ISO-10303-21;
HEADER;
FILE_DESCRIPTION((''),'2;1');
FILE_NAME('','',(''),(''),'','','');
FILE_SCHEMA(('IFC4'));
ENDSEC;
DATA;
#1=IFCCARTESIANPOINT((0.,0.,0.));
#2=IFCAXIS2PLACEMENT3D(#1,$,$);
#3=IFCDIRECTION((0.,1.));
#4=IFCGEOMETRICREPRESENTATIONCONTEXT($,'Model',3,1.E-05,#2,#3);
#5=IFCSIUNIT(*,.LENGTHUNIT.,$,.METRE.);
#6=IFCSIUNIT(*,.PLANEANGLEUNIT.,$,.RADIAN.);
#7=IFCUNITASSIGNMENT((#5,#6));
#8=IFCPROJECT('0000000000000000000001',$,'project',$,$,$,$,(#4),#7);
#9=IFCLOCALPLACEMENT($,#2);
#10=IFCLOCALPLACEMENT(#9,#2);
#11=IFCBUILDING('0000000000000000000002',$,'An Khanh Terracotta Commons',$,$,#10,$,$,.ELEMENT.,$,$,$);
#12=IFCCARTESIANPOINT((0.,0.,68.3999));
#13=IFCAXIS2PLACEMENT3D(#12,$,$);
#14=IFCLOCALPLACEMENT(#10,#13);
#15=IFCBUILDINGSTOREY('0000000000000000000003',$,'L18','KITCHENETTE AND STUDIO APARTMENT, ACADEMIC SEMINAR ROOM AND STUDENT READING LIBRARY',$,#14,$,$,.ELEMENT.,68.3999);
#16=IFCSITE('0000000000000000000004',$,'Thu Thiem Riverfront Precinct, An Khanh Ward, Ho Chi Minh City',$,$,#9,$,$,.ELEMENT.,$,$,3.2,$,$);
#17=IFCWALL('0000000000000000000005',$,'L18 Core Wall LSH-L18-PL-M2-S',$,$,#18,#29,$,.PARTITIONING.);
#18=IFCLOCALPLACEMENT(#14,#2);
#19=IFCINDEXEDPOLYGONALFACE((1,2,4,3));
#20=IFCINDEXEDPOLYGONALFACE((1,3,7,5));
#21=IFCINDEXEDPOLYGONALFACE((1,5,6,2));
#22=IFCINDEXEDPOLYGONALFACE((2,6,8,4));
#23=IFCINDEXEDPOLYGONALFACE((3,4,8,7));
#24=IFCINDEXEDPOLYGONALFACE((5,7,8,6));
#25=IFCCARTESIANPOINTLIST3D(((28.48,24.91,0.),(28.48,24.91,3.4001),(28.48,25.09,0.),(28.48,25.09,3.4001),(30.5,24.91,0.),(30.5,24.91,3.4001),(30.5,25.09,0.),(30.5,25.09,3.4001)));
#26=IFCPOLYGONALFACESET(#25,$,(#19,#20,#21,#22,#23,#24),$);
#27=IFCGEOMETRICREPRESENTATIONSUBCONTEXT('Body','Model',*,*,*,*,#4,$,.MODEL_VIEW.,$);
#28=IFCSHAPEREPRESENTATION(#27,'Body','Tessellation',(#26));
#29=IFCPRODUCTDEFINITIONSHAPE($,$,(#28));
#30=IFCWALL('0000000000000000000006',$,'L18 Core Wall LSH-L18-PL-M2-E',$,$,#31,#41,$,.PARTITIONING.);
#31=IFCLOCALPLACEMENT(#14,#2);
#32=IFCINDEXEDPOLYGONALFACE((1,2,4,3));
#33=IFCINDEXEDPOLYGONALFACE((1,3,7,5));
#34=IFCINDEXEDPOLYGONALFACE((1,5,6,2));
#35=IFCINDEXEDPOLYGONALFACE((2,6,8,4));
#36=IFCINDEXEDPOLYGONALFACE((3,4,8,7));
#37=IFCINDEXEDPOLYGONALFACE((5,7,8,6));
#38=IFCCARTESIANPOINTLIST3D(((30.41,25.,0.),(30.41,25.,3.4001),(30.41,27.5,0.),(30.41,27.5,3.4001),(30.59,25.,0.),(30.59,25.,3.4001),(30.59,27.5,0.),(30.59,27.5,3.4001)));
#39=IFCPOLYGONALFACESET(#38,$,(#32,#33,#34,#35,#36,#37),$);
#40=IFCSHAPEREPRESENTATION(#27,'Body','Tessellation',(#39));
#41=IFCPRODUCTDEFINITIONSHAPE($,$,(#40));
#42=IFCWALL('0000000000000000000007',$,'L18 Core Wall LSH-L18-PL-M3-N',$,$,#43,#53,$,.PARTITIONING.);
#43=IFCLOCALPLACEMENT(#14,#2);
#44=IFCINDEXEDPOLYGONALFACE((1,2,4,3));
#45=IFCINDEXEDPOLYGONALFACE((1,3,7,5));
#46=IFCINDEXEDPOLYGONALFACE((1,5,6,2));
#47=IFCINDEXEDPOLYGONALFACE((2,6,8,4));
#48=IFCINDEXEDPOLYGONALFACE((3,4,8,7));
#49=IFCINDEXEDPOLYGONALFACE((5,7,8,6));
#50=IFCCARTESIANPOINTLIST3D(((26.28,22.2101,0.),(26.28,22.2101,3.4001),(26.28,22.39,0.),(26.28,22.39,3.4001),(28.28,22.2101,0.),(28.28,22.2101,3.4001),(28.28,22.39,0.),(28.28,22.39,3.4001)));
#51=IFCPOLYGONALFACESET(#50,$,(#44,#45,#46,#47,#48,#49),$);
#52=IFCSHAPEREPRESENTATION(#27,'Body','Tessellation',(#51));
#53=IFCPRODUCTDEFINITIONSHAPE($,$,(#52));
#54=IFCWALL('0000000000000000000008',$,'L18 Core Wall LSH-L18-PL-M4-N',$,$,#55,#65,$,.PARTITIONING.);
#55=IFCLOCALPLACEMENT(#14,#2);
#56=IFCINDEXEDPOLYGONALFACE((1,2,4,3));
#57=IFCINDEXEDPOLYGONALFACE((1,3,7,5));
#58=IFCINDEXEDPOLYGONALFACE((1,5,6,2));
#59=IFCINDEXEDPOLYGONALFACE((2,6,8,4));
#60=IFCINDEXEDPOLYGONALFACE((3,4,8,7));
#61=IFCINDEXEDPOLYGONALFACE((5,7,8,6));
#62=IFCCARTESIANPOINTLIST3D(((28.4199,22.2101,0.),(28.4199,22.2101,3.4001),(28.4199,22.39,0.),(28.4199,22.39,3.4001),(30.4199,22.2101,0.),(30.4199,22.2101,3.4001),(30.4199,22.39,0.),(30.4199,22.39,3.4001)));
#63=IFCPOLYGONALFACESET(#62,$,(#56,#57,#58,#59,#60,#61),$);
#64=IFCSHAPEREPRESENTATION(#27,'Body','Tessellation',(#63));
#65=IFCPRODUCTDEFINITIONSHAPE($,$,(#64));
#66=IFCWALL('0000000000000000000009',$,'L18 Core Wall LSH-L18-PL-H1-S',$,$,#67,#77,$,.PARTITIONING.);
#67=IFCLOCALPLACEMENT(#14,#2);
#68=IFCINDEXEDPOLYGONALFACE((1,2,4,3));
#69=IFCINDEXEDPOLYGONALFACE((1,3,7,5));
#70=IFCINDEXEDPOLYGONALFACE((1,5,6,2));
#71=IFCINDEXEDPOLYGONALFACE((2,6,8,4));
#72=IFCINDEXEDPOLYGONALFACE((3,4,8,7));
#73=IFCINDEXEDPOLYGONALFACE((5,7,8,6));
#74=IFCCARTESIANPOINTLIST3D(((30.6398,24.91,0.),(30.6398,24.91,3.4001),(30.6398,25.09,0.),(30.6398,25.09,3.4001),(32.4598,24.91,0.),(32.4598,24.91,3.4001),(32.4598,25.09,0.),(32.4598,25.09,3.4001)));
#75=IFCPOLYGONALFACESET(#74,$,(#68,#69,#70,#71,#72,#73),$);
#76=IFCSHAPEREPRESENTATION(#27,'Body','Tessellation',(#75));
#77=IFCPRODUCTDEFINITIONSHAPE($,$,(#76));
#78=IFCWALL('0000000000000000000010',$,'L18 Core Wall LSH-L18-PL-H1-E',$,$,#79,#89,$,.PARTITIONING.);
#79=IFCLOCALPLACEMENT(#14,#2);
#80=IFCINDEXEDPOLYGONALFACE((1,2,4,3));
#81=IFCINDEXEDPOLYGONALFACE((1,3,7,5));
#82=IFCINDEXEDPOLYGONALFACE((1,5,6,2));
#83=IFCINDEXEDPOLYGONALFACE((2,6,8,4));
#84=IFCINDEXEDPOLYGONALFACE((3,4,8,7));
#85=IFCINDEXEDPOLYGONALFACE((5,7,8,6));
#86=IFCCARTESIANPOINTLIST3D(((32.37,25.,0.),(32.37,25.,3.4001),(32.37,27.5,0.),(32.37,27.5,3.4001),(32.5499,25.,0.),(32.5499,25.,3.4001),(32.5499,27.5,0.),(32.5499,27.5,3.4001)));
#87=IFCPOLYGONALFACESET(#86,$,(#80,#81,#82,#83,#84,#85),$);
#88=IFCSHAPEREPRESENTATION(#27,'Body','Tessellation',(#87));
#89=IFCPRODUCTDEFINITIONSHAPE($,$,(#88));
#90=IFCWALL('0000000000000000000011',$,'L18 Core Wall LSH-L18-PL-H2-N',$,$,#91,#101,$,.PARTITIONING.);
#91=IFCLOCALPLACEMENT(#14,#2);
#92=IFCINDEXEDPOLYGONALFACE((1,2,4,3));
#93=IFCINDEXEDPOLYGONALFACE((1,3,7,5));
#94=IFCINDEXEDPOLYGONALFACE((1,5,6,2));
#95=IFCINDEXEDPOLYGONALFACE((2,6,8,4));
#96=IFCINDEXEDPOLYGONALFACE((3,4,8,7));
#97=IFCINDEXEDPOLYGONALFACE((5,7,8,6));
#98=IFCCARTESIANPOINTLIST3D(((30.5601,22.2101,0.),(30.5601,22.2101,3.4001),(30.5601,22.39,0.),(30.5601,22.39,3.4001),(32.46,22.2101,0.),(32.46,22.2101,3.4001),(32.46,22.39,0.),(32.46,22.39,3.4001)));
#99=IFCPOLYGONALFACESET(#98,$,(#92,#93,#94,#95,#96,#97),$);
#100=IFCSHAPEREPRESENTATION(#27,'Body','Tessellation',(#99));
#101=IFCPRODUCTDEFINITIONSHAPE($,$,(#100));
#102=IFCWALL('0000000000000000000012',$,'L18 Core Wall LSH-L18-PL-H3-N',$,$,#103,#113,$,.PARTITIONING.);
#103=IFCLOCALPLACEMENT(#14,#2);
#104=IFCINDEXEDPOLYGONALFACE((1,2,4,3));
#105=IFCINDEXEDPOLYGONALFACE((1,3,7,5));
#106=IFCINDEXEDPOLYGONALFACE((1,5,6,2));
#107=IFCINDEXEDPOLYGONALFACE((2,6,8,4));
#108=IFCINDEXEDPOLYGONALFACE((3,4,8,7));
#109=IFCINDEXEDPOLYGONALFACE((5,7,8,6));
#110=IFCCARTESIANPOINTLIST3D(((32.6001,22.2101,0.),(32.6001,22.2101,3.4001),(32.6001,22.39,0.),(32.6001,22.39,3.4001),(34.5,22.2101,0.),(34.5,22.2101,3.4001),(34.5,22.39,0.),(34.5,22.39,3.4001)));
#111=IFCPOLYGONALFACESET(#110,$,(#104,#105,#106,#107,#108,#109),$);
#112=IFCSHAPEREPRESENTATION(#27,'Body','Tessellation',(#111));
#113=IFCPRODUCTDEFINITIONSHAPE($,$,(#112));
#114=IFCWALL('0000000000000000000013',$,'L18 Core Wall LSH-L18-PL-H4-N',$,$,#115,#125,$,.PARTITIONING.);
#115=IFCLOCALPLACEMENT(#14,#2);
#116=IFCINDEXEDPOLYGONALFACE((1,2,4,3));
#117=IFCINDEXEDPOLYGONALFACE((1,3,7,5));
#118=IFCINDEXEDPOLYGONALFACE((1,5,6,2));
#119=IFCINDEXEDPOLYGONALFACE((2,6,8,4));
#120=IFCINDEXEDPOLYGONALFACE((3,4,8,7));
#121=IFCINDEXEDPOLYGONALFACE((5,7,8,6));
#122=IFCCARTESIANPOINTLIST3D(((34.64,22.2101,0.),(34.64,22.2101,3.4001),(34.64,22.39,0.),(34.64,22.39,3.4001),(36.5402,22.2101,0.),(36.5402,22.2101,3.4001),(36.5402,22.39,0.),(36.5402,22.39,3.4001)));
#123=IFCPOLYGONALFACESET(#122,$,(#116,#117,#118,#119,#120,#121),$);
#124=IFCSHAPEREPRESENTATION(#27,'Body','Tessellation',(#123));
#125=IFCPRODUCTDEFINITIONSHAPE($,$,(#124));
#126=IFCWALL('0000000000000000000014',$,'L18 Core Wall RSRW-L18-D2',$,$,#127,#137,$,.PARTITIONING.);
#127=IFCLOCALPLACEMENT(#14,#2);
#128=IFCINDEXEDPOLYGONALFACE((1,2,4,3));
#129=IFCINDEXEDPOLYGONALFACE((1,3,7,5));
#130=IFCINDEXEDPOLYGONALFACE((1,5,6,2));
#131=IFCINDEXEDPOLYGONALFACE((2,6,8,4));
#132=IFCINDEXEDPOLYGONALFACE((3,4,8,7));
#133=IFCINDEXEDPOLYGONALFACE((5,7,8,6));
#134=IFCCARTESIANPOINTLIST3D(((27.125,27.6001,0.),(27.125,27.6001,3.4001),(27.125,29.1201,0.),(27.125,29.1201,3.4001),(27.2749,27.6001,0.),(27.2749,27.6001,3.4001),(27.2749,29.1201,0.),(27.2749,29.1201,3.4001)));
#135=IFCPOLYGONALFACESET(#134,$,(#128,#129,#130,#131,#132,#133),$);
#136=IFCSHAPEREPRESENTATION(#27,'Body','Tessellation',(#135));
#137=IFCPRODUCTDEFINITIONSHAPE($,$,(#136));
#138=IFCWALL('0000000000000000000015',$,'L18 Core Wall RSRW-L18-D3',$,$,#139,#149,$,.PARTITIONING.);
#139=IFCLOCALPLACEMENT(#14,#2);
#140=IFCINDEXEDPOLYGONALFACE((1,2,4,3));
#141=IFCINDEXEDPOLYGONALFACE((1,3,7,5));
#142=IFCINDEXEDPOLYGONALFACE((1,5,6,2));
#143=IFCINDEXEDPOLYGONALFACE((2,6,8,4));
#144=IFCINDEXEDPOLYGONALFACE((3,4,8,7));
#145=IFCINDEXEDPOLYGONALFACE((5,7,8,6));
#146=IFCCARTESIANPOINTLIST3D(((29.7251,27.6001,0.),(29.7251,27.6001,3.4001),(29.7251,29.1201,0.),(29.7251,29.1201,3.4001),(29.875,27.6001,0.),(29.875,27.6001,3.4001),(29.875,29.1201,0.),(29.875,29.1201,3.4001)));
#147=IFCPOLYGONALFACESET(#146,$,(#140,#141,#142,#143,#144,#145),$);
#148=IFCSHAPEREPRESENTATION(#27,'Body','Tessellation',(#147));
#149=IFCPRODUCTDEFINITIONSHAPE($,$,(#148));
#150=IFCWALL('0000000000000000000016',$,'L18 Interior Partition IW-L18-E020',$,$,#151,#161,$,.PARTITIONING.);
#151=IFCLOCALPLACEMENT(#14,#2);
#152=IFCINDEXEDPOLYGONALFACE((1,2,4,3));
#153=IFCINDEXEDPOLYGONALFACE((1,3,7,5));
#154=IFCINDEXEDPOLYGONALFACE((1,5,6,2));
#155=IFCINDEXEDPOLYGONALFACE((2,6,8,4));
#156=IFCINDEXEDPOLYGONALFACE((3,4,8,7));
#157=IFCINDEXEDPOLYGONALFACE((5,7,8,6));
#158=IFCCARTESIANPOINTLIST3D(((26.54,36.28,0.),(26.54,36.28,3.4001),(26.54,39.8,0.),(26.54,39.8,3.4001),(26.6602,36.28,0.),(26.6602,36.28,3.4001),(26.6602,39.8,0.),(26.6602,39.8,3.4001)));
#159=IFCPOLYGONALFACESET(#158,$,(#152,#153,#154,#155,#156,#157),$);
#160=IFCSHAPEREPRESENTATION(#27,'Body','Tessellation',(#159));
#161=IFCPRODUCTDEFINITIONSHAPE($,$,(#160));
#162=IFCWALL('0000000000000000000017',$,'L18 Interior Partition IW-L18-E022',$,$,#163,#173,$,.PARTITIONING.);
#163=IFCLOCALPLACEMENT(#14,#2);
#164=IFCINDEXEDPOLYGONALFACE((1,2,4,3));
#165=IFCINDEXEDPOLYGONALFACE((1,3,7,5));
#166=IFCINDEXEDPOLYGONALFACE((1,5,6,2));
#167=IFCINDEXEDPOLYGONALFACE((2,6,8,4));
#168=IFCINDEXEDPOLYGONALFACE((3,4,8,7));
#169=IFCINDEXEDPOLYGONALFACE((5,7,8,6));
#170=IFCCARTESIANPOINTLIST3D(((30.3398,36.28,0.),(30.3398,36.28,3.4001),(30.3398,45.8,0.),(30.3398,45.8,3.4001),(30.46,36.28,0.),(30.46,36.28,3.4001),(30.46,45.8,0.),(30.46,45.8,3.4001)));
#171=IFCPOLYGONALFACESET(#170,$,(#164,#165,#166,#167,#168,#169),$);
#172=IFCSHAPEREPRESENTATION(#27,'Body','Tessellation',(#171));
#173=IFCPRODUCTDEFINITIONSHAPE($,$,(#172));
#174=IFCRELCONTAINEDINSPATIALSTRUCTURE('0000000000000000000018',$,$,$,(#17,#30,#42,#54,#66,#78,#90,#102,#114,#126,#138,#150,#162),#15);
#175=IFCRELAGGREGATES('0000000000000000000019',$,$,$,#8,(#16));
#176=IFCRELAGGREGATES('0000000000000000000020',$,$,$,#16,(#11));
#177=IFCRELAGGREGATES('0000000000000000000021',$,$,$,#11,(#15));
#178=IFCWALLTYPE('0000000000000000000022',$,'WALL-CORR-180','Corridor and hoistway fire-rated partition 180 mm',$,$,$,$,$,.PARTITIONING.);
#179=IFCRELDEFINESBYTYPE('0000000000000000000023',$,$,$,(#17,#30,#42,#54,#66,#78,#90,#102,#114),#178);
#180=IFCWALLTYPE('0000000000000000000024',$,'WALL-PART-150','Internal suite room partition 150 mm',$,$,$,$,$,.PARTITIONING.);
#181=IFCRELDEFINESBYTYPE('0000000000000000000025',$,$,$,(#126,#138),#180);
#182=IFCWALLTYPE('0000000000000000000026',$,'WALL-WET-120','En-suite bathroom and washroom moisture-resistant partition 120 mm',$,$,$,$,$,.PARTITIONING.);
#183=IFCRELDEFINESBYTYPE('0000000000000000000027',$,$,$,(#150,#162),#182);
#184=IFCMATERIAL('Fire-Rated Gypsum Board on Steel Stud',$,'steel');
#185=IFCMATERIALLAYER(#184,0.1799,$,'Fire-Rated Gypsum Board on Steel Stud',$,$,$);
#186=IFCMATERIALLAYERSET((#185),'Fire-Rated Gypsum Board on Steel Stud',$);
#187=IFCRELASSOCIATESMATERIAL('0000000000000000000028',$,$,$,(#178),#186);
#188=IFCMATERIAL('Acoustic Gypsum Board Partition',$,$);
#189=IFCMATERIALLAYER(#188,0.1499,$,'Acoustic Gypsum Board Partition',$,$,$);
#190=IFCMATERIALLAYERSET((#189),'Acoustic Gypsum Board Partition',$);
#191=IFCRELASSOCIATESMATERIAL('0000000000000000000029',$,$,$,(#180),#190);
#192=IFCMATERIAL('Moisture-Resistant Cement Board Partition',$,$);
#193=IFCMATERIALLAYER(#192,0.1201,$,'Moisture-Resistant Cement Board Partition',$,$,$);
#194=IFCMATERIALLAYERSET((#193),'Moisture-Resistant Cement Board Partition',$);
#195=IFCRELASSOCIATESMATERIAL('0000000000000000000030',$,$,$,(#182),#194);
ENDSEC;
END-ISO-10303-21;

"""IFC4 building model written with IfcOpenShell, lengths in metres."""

from ifc_helpers import new_model, si_unit, direction, frame, frame_2d, origin, place, context, subcontext, project, spatial, rectangle, extrude, material, layer, layer_set, type_object, element, save


model = new_model("IFC4")

# Units and contexts
model_context = context("Model", 3, precision=1e-05, world=origin(), true_north=direction((0.0, 1.0)))
body_context = subcontext(model_context, "Body", "Model", "MODEL_VIEW")
ifc_project = project(units=[si_unit("LENGTHUNIT", "METRE"), si_unit("PLANEANGLEUNIT", "RADIAN")], contexts=[model_context])

# Site, building, storey
site_placement = place(None, origin())
site = spatial("IfcSite", under=ifc_project, at=site_placement, Name="Thu Thiem Riverfront Precinct, An Khanh Ward, Ho Chi Minh City", CompositionType="ELEMENT", RefElevation=3.2)
building_placement = place(site_placement, origin())
building = spatial("IfcBuilding", under=site, at=building_placement, Name="An Khanh Terracotta Commons", CompositionType="ELEMENT")
storey_placement = place(building_placement, frame((0.0, 0.0, 68.3999)))
storey = spatial("IfcBuildingStorey", under=building, at=storey_placement, Name="L18", Description="KITCHENETTE AND STUDIO APARTMENT, ACADEMIC SEMINAR ROOM AND STUDENT READING LIBRARY", CompositionType="ELEMENT", Elevation=68.3999)

# Shared definitions
ifc_material_1 = material(Name="Fire-Rated Gypsum Board on Steel Stud", Category="steel")
ifc_layer_1 = layer(ifc_material_1, 0.1799, Name="Fire-Rated Gypsum Board on Steel Stud")
ifc_layer_set_1 = layer_set([ifc_layer_1], Name="Fire-Rated Gypsum Board on Steel Stud")
wall_type_1 = type_object("IfcWallType", Name="WALL-CORR-180", Description="Corridor and hoistway fire-rated partition 180 mm", PredefinedType="PARTITIONING", material=ifc_layer_set_1)

# Walls
wall_1_placement = place(storey_placement, frame((30.5, 25.0, 0.0), z_axis=(0.0, 0.0, 1.0), x_axis=(-1.0, 0.0, 0.0)))
element("IfcWall", 1, at=wall_1_placement, inside=storey, type_object=wall_type_1, Name="L18 Core Wall LSH-L18-PL-M2-S", PredefinedType="PARTITIONING", context=body_context, shape_type="SweptSolid", body=[
    extrude(rectangle(XDim=2.02, YDim=0.1799, at=frame_2d((1.01, 0.0))), origin(), (0.0, 0.0, 1.0), 3.4001),
])
wall_2_placement = place(storey_placement, frame((30.5, 25.0, 0.0), z_axis=(0.0, 0.0, 1.0), x_axis=(0.0, 1.0, 0.0)))
element("IfcWall", 2, at=wall_2_placement, inside=storey, type_object=wall_type_1, Name="L18 Core Wall LSH-L18-PL-M2-E", PredefinedType="PARTITIONING", context=body_context, shape_type="SweptSolid", body=[
    extrude(rectangle(XDim=2.5, YDim=0.1799, at=frame_2d((1.25, 0.0))), origin(), (0.0, 0.0, 1.0), 3.4001),
])
for number, where, z_axis, x_axis, name in (
    (3, (26.28, 22.3, 0.0), (0.0, 0.0, 1.0), (1.0, 0.0, 0.0), "L18 Core Wall LSH-L18-PL-M3-N"),
    (4, (28.4199, 22.3, 0.0), (0.0, 0.0, 1.0), (1.0, 0.0, 0.0), "L18 Core Wall LSH-L18-PL-M4-N"),
):
    element("IfcWall", number, at=place(storey_placement, frame(where, z_axis=z_axis, x_axis=x_axis)), inside=storey, type_object=wall_type_1, Name=name, PredefinedType="PARTITIONING", context=body_context, shape_type="SweptSolid", body=[
        extrude(rectangle(XDim=2.0, YDim=0.1799, at=frame_2d((1.0, 0.0))), origin(), (0.0, 0.0, 1.0), 3.4001),
    ])
wall_3_placement = place(storey_placement, frame((32.46, 25.0, 0.0), z_axis=(0.0, 0.0, 1.0), x_axis=(-1.0, 0.0, 0.0)))
element("IfcWall", 5, at=wall_3_placement, inside=storey, type_object=wall_type_1, Name="L18 Core Wall LSH-L18-PL-H1-S", PredefinedType="PARTITIONING", context=body_context, shape_type="SweptSolid", body=[
    extrude(rectangle(XDim=1.8201, YDim=0.1799, at=frame_2d((0.9102, 0.0))), origin(), (0.0, 0.0, 1.0), 3.4001),
])
wall_4_placement = place(storey_placement, frame((32.46, 25.0, 0.0), z_axis=(0.0, 0.0, 1.0), x_axis=(0.0, 1.0, 0.0)))
element("IfcWall", 6, at=wall_4_placement, inside=storey, type_object=wall_type_1, Name="L18 Core Wall LSH-L18-PL-H1-E", PredefinedType="PARTITIONING", context=body_context, shape_type="SweptSolid", body=[
    extrude(rectangle(XDim=2.5, YDim=0.1799, at=frame_2d((1.25, 0.0))), origin(), (0.0, 0.0, 1.0), 3.4001),
])
for number, where, z_axis, x_axis, name in (
    (7, (30.5601, 22.3, 0.0), (0.0, 0.0, 1.0), (1.0, 0.0, 0.0), "L18 Core Wall LSH-L18-PL-H2-N"),
    (8, (32.6001, 22.3, 0.0), (0.0, 0.0, 1.0), (1.0, 0.0, 0.0), "L18 Core Wall LSH-L18-PL-H3-N"),
):
    element("IfcWall", number, at=place(storey_placement, frame(where, z_axis=z_axis, x_axis=x_axis)), inside=storey, type_object=wall_type_1, Name=name, PredefinedType="PARTITIONING", context=body_context, shape_type="SweptSolid", body=[
        extrude(rectangle(XDim=1.8999, YDim=0.1799, at=frame_2d((0.95, 0.0))), origin(), (0.0, 0.0, 1.0), 3.4001),
    ])
wall_5_placement = place(storey_placement, frame((34.6399, 22.3, 0.0), z_axis=(0.0, 0.0, 1.0), x_axis=(1.0, 0.0, 0.0)))
element("IfcWall", 9, at=wall_5_placement, inside=storey, type_object=wall_type_1, Name="L18 Core Wall LSH-L18-PL-H4-N", PredefinedType="PARTITIONING", context=body_context, shape_type="SweptSolid", body=[
    extrude(rectangle(XDim=1.9001, YDim=0.1799, at=frame_2d((0.9502, 0.0))), origin(), (0.0, 0.0, 1.0), 3.4001),
])
ifc_material_2 = material(Name="Acoustic Gypsum Board Partition")
ifc_layer_2 = layer(ifc_material_2, 0.1499, Name="Acoustic Gypsum Board Partition")
ifc_layer_set_2 = layer_set([ifc_layer_2], Name="Acoustic Gypsum Board Partition")
wall_type_2 = type_object("IfcWallType", Name="WALL-PART-150", Description="Internal suite room partition 150 mm", PredefinedType="PARTITIONING", material=ifc_layer_set_2)
for number, where, z_axis, x_axis, name in (
    (10, (27.2, 27.6001, 0.0), (0.0, 0.0, 1.0), (0.0, 1.0, 0.0), "L18 Core Wall RSRW-L18-D2"),
    (11, (29.8, 27.6001, 0.0), (0.0, 0.0, 1.0), (0.0, 1.0, 0.0), "L18 Core Wall RSRW-L18-D3"),
):
    element("IfcWall", number, at=place(storey_placement, frame(where, z_axis=z_axis, x_axis=x_axis)), inside=storey, type_object=wall_type_2, Name=name, PredefinedType="PARTITIONING", context=body_context, shape_type="SweptSolid", body=[
        extrude(rectangle(XDim=1.52, YDim=0.1499, at=frame_2d((0.76, 0.0))), origin(), (0.0, 0.0, 1.0), 3.4001),
    ])

# Walls
ifc_material_3 = material(Name="Moisture-Resistant Cement Board Partition")
ifc_layer_3 = layer(ifc_material_3, 0.1201, Name="Moisture-Resistant Cement Board Partition")
ifc_layer_set_3 = layer_set([ifc_layer_3], Name="Moisture-Resistant Cement Board Partition")
wall_type_3 = type_object("IfcWallType", Name="WALL-WET-120", Description="En-suite bathroom and washroom moisture-resistant partition 120 mm", PredefinedType="PARTITIONING", material=ifc_layer_set_3)
wall_6_placement = place(storey_placement, frame((26.6001, 36.28, 0.0), z_axis=(0.0, 0.0, 1.0), x_axis=(0.0, 1.0, 0.0)))
element("IfcWall", 12, at=wall_6_placement, inside=storey, type_object=wall_type_3, Name="L18 Interior Partition IW-L18-E020", PredefinedType="PARTITIONING", context=body_context, shape_type="SweptSolid", body=[
    extrude(rectangle(XDim=3.52, YDim=0.1201, at=frame_2d((1.76, 0.0))), origin(), (0.0, 0.0, 1.0), 3.4001),
])
wall_7_placement = place(storey_placement, frame((30.3999, 36.28, 0.0), z_axis=(0.0, 0.0, 1.0), x_axis=(0.0, 1.0, 0.0)))
element("IfcWall", 13, at=wall_7_placement, inside=storey, type_object=wall_type_3, Name="L18 Interior Partition IW-L18-E022", PredefinedType="PARTITIONING", context=body_context, shape_type="SweptSolid", body=[
    extrude(rectangle(XDim=9.52, YDim=0.1201, at=frame_2d((4.76, 0.0))), origin(), (0.0, 0.0, 1.0), 3.4001),
])

save(model, "model.ifc")
